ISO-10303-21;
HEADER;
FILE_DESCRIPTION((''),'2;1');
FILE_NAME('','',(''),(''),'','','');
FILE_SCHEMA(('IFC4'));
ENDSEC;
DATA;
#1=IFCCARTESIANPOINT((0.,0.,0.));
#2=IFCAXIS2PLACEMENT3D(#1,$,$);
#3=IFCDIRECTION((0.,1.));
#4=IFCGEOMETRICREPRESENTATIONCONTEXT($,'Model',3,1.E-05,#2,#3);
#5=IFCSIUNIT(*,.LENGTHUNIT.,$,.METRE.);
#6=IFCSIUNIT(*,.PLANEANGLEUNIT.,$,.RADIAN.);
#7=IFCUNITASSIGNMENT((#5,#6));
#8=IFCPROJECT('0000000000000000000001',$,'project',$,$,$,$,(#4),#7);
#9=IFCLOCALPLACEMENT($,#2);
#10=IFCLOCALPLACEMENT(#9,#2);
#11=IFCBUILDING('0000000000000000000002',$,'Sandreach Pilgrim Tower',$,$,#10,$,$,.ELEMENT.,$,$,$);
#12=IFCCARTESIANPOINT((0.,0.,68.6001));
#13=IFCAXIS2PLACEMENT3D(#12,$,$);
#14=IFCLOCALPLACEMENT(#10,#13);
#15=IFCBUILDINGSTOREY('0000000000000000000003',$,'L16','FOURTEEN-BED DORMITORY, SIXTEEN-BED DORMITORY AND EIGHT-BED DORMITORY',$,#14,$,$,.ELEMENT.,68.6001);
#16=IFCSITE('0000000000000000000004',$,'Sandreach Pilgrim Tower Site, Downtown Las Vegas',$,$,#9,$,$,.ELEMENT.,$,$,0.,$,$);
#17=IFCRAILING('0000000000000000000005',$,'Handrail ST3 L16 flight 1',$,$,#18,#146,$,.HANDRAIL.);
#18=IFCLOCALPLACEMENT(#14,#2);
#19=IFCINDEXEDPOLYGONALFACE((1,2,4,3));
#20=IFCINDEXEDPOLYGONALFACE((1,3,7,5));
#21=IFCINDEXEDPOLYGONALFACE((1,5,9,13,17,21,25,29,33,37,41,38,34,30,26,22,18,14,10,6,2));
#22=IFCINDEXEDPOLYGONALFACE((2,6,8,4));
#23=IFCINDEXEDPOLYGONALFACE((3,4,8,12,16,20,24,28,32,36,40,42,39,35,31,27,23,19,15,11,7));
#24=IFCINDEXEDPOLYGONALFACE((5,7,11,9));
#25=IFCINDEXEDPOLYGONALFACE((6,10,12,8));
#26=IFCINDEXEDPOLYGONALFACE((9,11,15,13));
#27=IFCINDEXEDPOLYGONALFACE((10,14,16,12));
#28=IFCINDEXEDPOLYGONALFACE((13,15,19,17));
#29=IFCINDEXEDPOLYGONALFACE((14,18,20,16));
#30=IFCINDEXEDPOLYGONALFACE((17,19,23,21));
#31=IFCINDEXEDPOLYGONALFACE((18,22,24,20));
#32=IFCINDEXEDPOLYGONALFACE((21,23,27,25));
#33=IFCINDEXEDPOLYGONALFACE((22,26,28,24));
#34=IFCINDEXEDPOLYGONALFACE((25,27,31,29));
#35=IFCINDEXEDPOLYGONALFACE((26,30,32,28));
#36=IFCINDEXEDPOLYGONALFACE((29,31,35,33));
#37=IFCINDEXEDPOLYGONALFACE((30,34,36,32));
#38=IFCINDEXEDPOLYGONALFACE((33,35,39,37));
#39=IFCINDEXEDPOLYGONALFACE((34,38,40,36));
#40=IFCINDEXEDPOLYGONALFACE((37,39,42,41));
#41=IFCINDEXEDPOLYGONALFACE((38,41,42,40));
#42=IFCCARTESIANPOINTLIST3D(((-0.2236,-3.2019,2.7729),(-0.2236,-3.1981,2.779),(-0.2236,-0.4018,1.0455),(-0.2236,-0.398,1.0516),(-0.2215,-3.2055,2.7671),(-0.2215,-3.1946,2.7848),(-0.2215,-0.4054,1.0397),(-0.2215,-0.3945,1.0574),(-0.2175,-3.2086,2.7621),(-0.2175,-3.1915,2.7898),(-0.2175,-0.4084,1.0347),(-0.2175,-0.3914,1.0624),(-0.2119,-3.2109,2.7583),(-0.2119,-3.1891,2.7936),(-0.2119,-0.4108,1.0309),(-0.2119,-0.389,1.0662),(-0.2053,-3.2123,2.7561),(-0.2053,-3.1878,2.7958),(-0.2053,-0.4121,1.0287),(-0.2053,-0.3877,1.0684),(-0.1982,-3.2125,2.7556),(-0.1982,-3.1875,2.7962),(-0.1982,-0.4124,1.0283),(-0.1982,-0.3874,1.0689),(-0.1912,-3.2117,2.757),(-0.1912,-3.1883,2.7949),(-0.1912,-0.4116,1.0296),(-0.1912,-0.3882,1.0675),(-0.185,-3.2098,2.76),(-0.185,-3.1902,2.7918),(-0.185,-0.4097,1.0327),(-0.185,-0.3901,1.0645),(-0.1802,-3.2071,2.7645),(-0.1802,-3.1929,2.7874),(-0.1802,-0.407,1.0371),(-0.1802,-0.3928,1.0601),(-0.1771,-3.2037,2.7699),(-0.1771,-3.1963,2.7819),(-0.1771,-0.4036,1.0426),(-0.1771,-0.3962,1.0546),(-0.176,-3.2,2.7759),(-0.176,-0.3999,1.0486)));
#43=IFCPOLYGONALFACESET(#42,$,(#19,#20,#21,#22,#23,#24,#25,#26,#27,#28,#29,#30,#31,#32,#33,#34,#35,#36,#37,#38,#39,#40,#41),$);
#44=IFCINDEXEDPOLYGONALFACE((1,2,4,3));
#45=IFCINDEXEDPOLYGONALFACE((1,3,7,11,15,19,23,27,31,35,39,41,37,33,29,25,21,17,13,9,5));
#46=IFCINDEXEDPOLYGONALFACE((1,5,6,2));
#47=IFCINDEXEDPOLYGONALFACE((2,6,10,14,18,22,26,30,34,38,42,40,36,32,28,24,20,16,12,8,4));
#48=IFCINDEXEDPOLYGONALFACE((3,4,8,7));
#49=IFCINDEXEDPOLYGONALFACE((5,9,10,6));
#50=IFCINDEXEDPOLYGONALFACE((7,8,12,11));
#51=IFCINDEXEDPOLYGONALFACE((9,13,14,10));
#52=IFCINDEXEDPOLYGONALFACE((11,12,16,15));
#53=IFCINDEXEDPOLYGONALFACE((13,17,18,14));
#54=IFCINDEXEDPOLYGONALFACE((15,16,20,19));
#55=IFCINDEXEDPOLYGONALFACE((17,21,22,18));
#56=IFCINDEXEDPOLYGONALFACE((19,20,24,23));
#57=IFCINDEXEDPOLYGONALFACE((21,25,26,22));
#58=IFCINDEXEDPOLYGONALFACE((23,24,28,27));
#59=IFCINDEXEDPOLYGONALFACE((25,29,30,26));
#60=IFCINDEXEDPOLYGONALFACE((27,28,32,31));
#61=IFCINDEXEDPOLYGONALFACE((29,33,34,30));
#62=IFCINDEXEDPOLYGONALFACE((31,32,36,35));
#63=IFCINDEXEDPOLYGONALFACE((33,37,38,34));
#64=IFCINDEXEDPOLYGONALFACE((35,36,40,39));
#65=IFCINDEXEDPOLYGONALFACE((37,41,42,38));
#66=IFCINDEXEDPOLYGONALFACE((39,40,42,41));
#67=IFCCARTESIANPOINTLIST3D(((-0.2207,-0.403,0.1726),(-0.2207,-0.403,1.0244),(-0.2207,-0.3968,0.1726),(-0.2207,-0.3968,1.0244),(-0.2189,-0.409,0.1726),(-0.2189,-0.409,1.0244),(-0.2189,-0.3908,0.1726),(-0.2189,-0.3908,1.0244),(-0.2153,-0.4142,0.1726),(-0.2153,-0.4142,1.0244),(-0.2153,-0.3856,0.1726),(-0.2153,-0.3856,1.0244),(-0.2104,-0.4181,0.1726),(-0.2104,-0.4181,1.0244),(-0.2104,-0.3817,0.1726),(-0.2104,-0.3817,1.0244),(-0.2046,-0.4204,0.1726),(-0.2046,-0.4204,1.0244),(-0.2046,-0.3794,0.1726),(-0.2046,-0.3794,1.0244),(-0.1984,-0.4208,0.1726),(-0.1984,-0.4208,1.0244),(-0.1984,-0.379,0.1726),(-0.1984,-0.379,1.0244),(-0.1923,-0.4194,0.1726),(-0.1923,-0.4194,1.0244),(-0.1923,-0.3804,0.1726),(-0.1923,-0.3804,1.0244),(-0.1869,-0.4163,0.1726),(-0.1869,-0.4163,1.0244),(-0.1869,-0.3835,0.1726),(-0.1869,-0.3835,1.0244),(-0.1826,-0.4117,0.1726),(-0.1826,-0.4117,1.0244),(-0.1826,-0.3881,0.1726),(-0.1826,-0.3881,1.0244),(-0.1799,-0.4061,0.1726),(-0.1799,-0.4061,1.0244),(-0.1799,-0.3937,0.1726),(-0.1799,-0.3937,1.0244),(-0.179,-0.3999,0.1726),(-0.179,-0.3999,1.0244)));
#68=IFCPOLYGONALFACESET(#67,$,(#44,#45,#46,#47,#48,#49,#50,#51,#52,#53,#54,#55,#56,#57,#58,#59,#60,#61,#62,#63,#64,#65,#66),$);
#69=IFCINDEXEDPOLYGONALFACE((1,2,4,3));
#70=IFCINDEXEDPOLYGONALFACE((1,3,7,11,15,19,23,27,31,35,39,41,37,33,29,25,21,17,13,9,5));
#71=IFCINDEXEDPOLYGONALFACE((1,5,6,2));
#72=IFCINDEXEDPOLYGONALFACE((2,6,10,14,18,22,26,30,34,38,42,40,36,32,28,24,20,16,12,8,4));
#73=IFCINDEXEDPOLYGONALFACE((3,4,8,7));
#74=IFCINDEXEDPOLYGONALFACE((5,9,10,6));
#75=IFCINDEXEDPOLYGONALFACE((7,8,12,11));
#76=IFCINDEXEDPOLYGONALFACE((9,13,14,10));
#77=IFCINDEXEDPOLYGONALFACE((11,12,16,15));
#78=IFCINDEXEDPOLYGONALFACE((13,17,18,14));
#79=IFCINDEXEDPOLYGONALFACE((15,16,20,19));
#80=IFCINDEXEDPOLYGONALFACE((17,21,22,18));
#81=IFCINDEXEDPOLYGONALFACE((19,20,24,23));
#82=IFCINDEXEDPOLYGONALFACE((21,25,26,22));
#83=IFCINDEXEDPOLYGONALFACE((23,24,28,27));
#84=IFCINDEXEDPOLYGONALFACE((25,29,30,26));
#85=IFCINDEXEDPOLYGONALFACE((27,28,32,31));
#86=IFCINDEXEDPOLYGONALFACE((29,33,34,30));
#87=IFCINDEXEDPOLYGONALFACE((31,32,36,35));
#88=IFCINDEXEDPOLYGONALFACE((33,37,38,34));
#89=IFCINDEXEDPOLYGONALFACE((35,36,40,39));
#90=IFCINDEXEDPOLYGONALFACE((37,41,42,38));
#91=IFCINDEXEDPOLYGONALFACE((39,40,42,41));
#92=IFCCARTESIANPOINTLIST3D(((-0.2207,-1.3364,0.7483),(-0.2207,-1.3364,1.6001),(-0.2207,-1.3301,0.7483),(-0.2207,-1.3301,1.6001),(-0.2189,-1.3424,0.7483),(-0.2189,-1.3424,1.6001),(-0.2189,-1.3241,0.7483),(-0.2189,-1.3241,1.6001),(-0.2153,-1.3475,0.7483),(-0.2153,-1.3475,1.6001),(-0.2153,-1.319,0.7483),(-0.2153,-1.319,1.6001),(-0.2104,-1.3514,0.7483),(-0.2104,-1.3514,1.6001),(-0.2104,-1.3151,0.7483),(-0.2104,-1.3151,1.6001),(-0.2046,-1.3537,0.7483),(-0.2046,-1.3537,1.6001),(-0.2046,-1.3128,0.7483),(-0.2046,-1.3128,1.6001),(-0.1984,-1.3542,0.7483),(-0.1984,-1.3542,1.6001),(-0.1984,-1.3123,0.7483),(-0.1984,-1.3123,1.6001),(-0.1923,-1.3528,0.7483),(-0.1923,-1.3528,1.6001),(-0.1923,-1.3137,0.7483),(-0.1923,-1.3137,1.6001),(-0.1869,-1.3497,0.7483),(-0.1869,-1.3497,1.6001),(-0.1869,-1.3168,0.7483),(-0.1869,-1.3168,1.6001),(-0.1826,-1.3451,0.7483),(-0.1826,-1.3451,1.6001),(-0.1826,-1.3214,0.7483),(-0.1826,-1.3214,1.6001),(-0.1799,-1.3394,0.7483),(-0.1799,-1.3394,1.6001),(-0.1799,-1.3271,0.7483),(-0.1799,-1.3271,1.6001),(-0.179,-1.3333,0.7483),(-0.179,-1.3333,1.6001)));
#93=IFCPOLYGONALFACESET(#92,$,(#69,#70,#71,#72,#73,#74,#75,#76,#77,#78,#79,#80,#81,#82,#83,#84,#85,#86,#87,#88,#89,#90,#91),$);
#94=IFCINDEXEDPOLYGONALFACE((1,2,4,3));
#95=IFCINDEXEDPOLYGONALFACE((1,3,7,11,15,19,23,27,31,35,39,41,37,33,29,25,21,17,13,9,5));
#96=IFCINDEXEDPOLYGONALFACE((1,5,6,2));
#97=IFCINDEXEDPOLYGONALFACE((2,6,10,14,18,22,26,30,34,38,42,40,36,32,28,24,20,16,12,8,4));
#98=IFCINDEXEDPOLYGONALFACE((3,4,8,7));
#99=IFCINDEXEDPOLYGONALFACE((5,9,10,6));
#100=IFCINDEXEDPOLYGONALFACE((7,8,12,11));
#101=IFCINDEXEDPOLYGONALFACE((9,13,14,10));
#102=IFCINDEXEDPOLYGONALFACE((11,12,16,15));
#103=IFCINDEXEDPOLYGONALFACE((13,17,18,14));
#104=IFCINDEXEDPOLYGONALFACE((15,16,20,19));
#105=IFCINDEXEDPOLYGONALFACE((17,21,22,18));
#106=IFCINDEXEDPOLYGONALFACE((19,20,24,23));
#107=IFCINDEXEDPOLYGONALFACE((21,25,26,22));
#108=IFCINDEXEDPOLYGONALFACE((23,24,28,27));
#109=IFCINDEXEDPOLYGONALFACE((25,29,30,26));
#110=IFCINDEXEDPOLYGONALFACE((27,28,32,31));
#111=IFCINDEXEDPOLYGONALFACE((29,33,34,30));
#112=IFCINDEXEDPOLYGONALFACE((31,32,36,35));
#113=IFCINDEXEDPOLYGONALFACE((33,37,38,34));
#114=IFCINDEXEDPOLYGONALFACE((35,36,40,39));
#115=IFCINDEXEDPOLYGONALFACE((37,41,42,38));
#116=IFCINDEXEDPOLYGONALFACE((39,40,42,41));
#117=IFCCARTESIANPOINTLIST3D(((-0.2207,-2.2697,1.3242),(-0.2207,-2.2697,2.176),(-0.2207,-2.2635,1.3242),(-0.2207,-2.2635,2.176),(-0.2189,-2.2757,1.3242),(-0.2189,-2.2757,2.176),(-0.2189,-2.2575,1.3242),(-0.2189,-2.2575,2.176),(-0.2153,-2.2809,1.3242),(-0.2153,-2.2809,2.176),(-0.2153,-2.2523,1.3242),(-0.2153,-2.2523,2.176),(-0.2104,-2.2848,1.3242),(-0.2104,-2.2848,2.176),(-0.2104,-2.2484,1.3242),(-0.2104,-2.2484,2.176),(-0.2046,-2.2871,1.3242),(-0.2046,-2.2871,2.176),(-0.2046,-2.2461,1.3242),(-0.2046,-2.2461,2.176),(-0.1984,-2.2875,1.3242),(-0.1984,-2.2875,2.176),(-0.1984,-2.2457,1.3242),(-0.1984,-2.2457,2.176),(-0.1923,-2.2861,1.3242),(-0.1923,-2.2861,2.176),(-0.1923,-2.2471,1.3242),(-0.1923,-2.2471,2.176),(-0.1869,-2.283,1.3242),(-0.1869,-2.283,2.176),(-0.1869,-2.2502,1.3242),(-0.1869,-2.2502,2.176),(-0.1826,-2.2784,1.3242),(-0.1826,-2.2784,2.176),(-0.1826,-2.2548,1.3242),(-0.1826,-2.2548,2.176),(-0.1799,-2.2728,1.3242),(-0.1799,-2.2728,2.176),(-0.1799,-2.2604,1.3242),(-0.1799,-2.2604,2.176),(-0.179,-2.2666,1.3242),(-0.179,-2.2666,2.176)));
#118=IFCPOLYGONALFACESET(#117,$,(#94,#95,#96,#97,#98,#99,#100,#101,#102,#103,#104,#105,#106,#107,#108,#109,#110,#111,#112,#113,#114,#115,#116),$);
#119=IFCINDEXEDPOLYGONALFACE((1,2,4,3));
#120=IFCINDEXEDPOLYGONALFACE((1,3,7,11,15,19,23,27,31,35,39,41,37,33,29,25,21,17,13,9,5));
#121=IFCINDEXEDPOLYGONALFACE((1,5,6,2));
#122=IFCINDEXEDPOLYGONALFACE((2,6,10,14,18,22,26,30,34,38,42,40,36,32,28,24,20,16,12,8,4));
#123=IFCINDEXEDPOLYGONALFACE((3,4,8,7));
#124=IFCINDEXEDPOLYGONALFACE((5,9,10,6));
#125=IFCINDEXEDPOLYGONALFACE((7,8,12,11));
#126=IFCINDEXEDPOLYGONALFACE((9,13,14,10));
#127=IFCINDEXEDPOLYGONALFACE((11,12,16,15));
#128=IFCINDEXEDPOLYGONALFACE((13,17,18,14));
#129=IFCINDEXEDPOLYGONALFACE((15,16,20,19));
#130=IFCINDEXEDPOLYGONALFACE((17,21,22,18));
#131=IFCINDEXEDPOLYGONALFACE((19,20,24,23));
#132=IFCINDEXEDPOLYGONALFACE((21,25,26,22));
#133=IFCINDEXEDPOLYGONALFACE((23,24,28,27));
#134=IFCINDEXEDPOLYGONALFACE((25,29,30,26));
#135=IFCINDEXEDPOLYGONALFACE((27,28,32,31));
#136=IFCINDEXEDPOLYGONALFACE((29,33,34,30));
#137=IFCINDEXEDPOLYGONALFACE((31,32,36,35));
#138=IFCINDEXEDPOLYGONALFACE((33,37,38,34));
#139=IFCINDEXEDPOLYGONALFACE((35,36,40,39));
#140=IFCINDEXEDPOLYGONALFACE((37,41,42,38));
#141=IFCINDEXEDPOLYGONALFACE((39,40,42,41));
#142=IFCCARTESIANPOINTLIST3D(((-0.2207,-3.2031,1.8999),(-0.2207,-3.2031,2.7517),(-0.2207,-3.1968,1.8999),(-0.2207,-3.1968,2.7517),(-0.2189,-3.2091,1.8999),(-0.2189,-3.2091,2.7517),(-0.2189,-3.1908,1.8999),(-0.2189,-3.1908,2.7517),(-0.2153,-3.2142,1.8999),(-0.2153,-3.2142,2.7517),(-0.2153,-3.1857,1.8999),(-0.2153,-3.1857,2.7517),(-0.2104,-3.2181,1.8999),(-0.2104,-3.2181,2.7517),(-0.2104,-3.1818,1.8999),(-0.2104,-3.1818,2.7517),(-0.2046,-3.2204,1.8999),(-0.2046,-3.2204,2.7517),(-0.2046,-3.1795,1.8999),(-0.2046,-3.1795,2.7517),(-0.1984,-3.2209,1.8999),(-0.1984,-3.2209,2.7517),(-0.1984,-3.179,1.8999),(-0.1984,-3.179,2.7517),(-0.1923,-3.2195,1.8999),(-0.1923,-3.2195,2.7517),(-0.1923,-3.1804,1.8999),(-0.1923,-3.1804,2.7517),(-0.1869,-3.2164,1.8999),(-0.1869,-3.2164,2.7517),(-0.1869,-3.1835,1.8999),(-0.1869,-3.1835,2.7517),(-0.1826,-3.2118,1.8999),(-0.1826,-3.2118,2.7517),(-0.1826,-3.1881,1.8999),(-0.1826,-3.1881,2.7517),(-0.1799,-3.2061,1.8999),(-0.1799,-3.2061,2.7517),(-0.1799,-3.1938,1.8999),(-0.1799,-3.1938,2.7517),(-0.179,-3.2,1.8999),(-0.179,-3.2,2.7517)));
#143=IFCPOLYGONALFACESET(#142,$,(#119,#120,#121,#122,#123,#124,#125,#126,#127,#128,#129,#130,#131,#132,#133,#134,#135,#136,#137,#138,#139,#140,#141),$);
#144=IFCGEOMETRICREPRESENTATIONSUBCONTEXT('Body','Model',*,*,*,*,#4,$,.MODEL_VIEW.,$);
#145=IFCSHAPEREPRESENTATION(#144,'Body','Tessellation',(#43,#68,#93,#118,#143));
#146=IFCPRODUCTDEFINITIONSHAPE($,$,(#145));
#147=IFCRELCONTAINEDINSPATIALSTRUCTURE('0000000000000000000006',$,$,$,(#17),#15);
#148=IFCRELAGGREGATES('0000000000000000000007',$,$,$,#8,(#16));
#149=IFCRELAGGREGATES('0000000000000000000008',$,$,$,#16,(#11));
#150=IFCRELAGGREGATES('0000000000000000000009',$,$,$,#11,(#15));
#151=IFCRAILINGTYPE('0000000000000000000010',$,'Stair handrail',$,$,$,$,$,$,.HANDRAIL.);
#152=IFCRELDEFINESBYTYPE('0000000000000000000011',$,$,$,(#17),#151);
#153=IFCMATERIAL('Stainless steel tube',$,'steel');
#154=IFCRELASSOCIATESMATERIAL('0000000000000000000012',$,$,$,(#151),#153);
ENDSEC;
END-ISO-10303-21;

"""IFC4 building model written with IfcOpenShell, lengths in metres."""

from ifc_helpers import new_model, si_unit, direction, frame, origin, origin_2d, place, context, subcontext, project, spatial, circle, extrude, material, type_object, element, save


model = new_model("IFC4")

# Units and contexts
model_context = context("Model", 3, precision=1e-05, world=origin(), true_north=direction((0.0, 1.0)))
body_context = subcontext(model_context, "Body", "Model", "MODEL_VIEW")
ifc_project = project(units=[si_unit("LENGTHUNIT", "METRE"), si_unit("PLANEANGLEUNIT", "RADIAN")], contexts=[model_context])

# Site, building, storey
site_placement = place(None, origin())
site = spatial("IfcSite", under=ifc_project, at=site_placement, Name="Sandreach Pilgrim Tower Site, Downtown Las Vegas", CompositionType="ELEMENT", RefElevation=0.0)
building_placement = place(site_placement, origin())
building = spatial("IfcBuilding", under=site, at=building_placement, Name="Sandreach Pilgrim Tower", CompositionType="ELEMENT")
storey_placement = place(building_placement, frame((0.0, 0.0, 68.6001)))
storey = spatial("IfcBuildingStorey", under=building, at=storey_placement, Name="L16", Description="FOURTEEN-BED DORMITORY, SIXTEEN-BED DORMITORY AND EIGHT-BED DORMITORY", CompositionType="ELEMENT", Elevation=68.6001)

# Railing
ifc_material_1 = material(Name="Stainless steel tube", Category="steel")
railing_type = type_object("IfcRailingType", Name="Stair handrail", PredefinedType="HANDRAIL", material=ifc_material_1)
for number, where, name in (
    (1, (-0.2, -0.3999, 0.1726), "Handrail ST3 L16 flight 1"),
):
    element("IfcRailing", number, at=place(storey_placement, frame(where)), inside=storey, type_object=railing_type, Name=name, PredefinedType="HANDRAIL", context=body_context, shape_type="SweptSolid", body=[
        extrude(circle(Radius=0.0239, at=origin_2d()), frame((0.0, 0.0, 0.876), z_axis=(0.0, -0.85109, 0.52502), x_axis=(1.0, 0.0, 0.0)), (0.0, 0.0, 1.0), 3.29),
        extrude(circle(Radius=0.021, at=origin_2d()), origin(), (0.0, 0.0, 1.0), 0.8518),
        extrude(circle(Radius=0.021, at=origin_2d()), frame((0.0, -0.9333, 0.5757)), (0.0, 0.0, 1.0), 0.8518),
        extrude(circle(Radius=0.021, at=origin_2d()), frame((0.0, -1.8667, 1.1516)), (0.0, 0.0, 1.0), 0.8518),
        extrude(circle(Radius=0.021, at=origin_2d()), frame((0.0, -2.8, 1.7273)), (0.0, 0.0, 1.0), 0.8518),
    ])

save(model, "model.ifc")
